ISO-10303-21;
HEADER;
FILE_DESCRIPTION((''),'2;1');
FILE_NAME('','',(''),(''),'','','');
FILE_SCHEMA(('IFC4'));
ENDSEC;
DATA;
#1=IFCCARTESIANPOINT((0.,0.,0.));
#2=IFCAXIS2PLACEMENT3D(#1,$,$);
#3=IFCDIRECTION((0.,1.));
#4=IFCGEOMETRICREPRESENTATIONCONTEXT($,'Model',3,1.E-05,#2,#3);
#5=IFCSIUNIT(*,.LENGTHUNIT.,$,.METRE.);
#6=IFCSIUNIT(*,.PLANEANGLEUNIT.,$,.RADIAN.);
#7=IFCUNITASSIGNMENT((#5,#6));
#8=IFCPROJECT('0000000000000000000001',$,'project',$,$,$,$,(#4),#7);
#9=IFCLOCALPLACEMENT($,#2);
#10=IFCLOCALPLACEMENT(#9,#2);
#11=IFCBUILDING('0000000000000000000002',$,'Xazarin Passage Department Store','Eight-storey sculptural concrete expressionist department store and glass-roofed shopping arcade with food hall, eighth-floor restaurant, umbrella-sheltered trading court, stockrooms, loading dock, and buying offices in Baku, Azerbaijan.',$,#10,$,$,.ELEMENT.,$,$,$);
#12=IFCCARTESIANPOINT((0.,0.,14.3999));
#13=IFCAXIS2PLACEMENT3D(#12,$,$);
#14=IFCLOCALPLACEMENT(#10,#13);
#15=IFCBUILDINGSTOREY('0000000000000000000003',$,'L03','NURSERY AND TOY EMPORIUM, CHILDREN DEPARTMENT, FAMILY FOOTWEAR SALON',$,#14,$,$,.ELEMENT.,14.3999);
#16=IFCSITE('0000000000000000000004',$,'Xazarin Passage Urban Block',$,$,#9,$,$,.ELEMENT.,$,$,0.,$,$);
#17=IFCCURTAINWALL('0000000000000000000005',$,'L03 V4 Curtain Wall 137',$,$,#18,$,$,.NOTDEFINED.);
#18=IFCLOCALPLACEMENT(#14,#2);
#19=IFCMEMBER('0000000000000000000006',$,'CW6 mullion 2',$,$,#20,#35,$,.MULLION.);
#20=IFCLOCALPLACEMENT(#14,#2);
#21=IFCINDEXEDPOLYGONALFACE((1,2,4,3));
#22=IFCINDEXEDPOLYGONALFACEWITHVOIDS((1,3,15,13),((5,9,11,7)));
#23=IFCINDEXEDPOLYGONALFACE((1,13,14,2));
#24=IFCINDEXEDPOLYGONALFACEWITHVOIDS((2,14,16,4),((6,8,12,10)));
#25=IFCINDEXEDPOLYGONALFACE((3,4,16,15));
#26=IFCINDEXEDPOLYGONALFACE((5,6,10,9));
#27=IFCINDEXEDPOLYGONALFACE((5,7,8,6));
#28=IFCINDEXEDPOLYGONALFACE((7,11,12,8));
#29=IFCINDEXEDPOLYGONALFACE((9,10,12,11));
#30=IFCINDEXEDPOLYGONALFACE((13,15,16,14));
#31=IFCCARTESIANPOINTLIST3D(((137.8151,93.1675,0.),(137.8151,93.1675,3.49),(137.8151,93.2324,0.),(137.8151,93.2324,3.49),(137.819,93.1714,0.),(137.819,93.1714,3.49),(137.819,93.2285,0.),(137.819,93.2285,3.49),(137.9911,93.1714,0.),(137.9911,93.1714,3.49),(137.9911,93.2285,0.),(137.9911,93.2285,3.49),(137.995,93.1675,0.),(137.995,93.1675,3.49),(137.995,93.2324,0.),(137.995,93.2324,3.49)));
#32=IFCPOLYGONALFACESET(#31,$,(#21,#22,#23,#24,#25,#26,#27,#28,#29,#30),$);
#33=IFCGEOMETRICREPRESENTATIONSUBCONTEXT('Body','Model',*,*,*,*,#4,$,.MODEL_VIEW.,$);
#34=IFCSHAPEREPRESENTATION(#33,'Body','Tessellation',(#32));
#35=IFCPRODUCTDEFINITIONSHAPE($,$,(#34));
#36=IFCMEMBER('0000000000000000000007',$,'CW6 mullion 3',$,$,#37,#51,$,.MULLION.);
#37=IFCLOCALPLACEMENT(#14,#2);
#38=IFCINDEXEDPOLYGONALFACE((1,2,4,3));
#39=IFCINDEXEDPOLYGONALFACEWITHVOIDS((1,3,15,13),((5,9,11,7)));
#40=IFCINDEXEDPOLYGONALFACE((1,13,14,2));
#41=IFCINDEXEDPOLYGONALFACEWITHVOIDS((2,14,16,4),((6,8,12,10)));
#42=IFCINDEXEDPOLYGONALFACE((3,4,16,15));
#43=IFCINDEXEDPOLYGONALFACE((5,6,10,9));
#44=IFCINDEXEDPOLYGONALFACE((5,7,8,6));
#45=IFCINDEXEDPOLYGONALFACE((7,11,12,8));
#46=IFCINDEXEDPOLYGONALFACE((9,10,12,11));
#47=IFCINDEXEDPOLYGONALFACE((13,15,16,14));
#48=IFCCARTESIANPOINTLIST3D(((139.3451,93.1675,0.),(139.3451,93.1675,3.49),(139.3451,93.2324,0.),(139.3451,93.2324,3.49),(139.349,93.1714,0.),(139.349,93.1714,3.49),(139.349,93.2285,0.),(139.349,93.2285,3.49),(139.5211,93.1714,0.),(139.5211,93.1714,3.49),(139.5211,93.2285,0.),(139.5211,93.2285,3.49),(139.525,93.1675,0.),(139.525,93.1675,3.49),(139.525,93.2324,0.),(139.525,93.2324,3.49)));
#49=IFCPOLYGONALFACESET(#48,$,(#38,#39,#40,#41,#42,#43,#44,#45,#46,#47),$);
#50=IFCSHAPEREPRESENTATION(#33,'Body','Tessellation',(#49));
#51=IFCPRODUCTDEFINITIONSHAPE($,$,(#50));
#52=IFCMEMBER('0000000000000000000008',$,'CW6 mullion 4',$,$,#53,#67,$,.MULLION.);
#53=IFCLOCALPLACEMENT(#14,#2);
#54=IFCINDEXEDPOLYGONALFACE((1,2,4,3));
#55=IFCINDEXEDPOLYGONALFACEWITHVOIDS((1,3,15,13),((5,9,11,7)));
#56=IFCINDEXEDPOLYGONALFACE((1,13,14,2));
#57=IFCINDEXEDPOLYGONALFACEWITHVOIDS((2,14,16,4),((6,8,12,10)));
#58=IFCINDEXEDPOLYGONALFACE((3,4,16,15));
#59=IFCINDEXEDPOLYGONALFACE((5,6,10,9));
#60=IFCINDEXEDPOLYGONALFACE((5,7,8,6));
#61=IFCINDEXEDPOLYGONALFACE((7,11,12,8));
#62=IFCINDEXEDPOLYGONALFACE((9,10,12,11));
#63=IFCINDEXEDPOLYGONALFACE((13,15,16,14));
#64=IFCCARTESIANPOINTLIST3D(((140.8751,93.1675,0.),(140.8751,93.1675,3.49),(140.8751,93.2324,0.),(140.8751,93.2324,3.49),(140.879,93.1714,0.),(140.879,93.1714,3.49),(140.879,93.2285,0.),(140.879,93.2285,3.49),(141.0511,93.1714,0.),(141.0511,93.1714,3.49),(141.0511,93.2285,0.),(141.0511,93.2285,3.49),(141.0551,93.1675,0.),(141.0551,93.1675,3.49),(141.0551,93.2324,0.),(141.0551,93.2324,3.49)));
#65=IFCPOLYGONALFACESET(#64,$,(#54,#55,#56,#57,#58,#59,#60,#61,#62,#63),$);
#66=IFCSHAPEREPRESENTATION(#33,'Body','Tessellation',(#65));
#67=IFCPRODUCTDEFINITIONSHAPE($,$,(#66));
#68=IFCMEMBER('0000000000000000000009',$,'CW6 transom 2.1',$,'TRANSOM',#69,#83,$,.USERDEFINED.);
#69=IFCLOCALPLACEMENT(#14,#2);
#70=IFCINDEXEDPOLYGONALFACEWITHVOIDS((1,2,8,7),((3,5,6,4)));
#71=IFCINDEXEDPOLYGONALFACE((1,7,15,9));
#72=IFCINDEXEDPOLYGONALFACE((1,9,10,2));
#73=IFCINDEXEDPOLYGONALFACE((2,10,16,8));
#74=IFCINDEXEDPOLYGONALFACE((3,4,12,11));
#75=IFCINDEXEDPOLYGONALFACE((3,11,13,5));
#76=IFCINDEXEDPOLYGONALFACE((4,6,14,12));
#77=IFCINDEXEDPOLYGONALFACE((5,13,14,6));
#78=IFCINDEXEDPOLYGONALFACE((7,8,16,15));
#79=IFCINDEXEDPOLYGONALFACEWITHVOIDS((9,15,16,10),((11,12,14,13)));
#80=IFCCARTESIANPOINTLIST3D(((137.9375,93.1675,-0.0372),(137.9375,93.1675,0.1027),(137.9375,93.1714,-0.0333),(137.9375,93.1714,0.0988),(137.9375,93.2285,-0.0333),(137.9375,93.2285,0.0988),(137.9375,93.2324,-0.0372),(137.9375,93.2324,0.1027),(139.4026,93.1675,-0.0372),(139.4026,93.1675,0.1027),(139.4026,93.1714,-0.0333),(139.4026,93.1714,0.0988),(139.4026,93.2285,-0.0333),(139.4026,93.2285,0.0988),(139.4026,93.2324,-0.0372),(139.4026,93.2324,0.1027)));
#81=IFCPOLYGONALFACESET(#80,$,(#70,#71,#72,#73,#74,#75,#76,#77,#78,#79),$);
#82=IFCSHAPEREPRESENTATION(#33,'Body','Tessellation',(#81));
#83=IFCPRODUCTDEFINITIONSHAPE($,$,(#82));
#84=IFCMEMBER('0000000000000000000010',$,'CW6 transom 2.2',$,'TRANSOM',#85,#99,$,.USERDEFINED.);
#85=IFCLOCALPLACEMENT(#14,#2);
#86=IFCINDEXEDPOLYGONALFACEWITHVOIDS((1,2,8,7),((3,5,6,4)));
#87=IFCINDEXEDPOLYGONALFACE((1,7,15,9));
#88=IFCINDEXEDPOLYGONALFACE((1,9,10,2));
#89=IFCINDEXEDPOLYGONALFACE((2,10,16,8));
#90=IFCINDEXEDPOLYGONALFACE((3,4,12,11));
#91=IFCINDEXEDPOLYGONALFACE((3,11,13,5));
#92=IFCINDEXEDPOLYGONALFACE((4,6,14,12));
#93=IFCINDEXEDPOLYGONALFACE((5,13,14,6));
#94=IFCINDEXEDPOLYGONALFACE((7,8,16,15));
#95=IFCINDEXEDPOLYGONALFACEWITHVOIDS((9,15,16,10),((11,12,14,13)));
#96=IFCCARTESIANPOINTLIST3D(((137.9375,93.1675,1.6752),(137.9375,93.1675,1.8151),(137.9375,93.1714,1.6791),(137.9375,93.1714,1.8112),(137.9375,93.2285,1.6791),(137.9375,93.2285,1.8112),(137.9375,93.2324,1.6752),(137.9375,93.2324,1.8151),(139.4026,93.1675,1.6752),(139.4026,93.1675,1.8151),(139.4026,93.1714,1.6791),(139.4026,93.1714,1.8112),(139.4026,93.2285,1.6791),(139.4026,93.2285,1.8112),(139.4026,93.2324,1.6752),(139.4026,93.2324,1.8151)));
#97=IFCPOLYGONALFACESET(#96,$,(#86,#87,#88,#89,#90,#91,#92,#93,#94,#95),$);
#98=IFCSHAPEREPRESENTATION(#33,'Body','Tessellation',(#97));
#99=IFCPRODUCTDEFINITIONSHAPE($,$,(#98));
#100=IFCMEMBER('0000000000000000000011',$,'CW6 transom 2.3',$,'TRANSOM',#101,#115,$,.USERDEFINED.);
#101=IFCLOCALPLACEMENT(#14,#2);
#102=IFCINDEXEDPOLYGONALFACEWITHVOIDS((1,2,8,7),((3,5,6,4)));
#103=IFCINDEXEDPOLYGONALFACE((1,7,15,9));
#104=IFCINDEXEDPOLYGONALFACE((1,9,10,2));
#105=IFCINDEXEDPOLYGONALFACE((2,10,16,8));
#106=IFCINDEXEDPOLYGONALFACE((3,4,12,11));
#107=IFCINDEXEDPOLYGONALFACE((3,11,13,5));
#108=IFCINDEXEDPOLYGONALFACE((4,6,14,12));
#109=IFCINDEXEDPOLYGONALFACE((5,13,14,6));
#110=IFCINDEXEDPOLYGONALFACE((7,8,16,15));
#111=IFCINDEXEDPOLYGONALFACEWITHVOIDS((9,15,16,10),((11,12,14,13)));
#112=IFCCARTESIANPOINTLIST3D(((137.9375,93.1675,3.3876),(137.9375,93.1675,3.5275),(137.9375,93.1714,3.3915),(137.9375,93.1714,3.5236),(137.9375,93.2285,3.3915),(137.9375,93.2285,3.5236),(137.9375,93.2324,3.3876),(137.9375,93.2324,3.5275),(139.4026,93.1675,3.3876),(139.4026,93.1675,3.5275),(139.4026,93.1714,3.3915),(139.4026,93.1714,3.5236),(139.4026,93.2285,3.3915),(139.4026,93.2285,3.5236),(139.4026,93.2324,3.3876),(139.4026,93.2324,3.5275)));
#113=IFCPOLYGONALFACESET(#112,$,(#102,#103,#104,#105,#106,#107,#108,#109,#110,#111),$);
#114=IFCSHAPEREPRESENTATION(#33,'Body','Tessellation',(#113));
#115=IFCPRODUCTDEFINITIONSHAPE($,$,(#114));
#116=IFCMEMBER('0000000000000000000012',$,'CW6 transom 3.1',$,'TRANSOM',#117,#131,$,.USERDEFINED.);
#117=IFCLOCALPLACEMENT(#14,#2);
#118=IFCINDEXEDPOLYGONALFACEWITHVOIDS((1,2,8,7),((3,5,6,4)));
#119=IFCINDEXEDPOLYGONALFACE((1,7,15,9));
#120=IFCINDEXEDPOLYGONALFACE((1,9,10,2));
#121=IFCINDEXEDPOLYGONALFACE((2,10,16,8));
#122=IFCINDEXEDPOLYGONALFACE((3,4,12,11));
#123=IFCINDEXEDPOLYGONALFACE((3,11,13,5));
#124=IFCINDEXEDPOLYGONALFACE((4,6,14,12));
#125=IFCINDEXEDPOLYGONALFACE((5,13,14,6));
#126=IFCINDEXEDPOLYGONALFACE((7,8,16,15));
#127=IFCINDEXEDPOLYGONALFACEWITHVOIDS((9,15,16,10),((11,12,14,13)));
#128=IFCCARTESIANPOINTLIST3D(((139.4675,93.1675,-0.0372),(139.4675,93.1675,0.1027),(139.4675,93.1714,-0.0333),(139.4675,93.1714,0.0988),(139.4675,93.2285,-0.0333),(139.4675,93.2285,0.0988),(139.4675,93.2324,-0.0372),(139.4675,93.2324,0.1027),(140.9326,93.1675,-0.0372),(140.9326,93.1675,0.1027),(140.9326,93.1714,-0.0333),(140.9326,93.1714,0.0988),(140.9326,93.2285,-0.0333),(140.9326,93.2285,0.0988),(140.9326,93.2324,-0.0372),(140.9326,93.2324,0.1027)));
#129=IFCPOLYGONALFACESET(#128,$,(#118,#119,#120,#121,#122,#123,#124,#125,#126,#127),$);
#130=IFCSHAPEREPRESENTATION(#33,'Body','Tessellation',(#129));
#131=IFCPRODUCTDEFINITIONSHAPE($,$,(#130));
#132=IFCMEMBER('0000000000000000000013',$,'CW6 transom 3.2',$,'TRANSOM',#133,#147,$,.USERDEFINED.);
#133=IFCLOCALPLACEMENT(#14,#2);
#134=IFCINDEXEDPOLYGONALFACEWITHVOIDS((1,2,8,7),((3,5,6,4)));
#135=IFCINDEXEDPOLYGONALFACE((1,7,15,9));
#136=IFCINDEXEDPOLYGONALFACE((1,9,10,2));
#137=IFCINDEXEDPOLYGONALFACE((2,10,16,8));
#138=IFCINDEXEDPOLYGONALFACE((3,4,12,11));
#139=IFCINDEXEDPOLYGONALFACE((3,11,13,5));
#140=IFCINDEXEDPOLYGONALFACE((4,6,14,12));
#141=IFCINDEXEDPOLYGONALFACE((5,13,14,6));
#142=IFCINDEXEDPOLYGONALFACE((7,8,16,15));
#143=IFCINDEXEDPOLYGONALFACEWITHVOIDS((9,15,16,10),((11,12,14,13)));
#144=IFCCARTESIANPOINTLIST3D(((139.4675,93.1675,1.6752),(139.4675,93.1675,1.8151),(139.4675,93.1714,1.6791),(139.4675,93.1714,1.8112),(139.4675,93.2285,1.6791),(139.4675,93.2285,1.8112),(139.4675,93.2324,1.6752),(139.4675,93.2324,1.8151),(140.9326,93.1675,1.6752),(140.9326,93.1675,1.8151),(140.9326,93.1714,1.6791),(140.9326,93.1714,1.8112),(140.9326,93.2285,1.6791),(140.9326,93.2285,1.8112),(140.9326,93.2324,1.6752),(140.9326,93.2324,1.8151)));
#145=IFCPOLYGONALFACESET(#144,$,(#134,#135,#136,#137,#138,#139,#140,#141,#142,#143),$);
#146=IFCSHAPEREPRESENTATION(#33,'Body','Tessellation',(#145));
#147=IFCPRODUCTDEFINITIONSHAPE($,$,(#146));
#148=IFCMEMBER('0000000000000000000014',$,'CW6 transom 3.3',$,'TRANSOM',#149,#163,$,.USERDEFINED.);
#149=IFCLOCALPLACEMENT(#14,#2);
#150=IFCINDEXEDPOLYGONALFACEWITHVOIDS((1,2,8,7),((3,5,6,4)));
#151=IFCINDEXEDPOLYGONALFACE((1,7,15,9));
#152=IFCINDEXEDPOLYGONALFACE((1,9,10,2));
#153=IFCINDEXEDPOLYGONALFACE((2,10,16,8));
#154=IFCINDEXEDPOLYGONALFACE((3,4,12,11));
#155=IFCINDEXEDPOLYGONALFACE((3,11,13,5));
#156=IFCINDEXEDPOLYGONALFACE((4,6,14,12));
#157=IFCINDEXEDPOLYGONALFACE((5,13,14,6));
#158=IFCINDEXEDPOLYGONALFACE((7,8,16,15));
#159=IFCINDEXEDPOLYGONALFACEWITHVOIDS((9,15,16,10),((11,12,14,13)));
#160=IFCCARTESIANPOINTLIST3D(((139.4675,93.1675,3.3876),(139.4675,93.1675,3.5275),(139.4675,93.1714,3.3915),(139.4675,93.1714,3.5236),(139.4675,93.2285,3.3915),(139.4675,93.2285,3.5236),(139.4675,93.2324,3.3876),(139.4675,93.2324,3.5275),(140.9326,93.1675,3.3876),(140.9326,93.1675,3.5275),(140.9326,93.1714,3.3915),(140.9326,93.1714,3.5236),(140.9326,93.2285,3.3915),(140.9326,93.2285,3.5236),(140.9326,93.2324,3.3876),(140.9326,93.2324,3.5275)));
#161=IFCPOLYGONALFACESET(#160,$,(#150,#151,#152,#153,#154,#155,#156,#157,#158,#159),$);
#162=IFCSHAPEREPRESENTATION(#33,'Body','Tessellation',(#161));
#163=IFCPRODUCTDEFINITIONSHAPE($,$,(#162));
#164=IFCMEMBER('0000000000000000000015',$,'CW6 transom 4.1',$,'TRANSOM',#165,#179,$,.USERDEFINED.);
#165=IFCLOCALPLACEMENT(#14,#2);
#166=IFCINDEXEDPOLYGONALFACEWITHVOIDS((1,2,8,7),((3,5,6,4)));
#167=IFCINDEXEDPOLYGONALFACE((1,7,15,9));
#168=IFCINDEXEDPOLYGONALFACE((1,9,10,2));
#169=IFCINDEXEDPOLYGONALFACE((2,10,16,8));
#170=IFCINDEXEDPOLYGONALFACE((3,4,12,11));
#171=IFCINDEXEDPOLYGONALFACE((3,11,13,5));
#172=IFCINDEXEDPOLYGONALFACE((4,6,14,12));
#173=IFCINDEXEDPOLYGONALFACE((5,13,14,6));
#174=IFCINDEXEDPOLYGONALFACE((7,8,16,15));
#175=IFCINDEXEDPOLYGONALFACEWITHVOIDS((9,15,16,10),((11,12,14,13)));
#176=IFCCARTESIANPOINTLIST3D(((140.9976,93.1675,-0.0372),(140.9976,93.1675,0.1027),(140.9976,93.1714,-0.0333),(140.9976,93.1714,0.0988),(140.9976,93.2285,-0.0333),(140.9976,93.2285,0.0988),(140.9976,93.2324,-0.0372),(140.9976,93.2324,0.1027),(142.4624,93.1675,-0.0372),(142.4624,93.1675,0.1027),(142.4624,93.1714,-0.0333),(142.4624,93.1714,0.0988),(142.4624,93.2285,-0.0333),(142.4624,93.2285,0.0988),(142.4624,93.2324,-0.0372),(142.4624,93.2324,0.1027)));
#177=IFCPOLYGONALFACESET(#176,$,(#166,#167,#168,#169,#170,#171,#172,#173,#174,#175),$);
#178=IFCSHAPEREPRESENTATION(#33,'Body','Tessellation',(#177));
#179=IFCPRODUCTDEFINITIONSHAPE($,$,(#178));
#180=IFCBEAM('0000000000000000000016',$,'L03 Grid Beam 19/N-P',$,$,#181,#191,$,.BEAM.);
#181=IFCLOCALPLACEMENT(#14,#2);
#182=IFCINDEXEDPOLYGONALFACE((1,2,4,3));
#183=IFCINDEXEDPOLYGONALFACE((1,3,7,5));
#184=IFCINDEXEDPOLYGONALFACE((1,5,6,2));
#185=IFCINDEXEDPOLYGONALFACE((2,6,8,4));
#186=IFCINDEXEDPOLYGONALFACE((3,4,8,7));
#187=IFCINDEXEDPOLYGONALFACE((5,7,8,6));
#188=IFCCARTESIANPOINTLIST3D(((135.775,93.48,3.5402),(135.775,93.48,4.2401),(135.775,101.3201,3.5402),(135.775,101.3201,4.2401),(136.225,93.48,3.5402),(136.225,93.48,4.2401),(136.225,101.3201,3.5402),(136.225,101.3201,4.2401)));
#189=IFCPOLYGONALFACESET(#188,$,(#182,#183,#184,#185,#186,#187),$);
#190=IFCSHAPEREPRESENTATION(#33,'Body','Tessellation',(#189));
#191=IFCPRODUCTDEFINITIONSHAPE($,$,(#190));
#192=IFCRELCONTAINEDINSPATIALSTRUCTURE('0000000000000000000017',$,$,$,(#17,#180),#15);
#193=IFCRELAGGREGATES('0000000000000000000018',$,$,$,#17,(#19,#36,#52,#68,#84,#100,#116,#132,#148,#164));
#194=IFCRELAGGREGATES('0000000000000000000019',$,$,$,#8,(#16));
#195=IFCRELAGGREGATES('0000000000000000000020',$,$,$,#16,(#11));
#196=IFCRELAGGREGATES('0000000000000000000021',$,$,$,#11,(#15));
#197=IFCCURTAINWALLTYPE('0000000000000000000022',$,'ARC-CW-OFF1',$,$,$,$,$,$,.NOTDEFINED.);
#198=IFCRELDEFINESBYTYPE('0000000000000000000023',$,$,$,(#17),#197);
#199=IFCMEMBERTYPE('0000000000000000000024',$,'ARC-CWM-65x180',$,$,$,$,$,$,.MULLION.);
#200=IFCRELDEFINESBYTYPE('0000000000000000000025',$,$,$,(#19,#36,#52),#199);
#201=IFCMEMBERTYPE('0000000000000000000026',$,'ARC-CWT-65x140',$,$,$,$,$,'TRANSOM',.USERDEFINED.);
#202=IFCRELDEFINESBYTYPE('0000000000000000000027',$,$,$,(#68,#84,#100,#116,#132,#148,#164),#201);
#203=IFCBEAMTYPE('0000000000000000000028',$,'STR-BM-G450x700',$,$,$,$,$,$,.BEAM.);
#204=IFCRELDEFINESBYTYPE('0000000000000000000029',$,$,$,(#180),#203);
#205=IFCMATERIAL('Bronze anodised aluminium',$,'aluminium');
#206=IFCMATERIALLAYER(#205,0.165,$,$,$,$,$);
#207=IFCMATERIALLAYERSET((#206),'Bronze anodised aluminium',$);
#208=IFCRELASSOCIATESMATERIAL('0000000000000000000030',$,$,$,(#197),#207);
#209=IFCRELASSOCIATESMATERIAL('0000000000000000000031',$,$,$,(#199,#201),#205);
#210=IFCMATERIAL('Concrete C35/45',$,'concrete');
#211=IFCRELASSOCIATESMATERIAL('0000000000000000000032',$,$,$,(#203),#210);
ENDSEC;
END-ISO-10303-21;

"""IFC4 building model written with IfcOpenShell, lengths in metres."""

from ifc_helpers import new_model, si_unit, direction, frame, origin, origin_2d, place, context, subcontext, project, spatial, rectangle, hollow_rectangle, extrude, material, layer, layer_set, material_profile, profile_set, type_object, element, aggregate, save


model = new_model("IFC4")

# Units and contexts
model_context = context("Model", 3, precision=1e-05, world=origin(), true_north=direction((0.0, 1.0)))
body_context = subcontext(model_context, "Body", "Model", "MODEL_VIEW")
ifc_project = project(units=[si_unit("LENGTHUNIT", "METRE"), si_unit("PLANEANGLEUNIT", "RADIAN")], contexts=[model_context])

# Site, building, storey
site_placement = place(None, origin())
site = spatial("IfcSite", under=ifc_project, at=site_placement, Name="Xazarin Passage Urban Block", CompositionType="ELEMENT", RefElevation=0.0)
building_placement = place(site_placement, origin())
building = spatial("IfcBuilding", under=site, at=building_placement, Name="Xazarin Passage Department Store", Description="Eight-storey sculptural concrete expressionist department store and glass-roofed shopping arcade with food hall, eighth-floor restaurant, umbrella-sheltered trading court, stockrooms, loading dock, and buying offices in Baku, Azerbaijan.", CompositionType="ELEMENT")
storey_placement = place(building_placement, frame((0.0, 0.0, 14.3999)))
storey = spatial("IfcBuildingStorey", under=building, at=storey_placement, Name="L03", Description="NURSERY AND TOY EMPORIUM, CHILDREN DEPARTMENT, FAMILY FOOTWEAR SALON", CompositionType="ELEMENT", Elevation=14.3999)

# Curtain wall, members
ifc_material_1 = material(Name="Bronze anodised aluminium", Category="aluminium")
ifc_layer_1 = layer(ifc_material_1, 0.165)
ifc_layer_set_1 = layer_set([ifc_layer_1], Name="Bronze anodised aluminium")
curtain_wall_type = type_object("IfcCurtainWallType", Name="ARC-CW-OFF1", PredefinedType="NOTDEFINED", material=ifc_layer_set_1)
curtain_wall_placement = place(storey_placement, origin())
curtain_wall = element("IfcCurtainWall", 1, at=curtain_wall_placement, inside=storey, type_object=curtain_wall_type, Name="L03 V4 Curtain Wall 137", PredefinedType="NOTDEFINED")
ifc_material_profile_1 = material_profile(ifc_material_1, hollow_rectangle(XDim=0.0649, YDim=0.1799, WallThickness=0.0039, at=origin_2d()), Name="ALU 65x180")
ifc_profile_set_1 = profile_set([ifc_material_profile_1], Name="Bronze anodised aluminium")
member_type_1 = type_object("IfcMemberType", Name="ARC-CWM-65x180", PredefinedType="MULLION", material=ifc_profile_set_1)
member_1_placement = place(storey_placement, frame((137.905, 93.2, 0.0), z_axis=(0.0, 0.0, 1.0), x_axis=(0.0, 1.0, 0.0)))
member_1 = element("IfcMember", 2, at=member_1_placement, type_object=member_type_1, Name="CW6 mullion 2", PredefinedType="MULLION", context=body_context, shape_type="SweptSolid", body=[
    extrude(hollow_rectangle(XDim=0.0649, YDim=0.1799, WallThickness=0.0039, at=origin_2d()), origin(), (0.0, 0.0, 1.0), 3.49),
])
member_2_placement = place(storey_placement, frame((139.4351, 93.2, 0.0), z_axis=(0.0, 0.0, 1.0), x_axis=(0.0, 1.0, 0.0)))
member_2 = element("IfcMember", 3, at=member_2_placement, type_object=member_type_1, Name="CW6 mullion 3", PredefinedType="MULLION", context=body_context, shape_type="SweptSolid", body=[
    extrude(hollow_rectangle(XDim=0.0649, YDim=0.1799, WallThickness=0.0039, at=origin_2d()), origin(), (0.0, 0.0, 1.0), 3.49),
])
member_3_placement = place(storey_placement, frame((140.9651, 93.2, 0.0), z_axis=(0.0, 0.0, 1.0), x_axis=(0.0, 1.0, 0.0)))
member_3 = element("IfcMember", 4, at=member_3_placement, type_object=member_type_1, Name="CW6 mullion 4", PredefinedType="MULLION", context=body_context, shape_type="SweptSolid", body=[
    extrude(hollow_rectangle(XDim=0.0649, YDim=0.1799, WallThickness=0.0039, at=origin_2d()), origin(), (0.0, 0.0, 1.0), 3.49),
])
ifc_material_profile_2 = material_profile(ifc_material_1, hollow_rectangle(XDim=0.0649, YDim=0.1399, WallThickness=0.0039, at=origin_2d()), Name="ALU 65x140")
ifc_profile_set_2 = profile_set([ifc_material_profile_2], Name="Bronze anodised aluminium")
member_type_2 = type_object("IfcMemberType", Name="ARC-CWT-65x140", ElementType="TRANSOM", PredefinedType="USERDEFINED", material=ifc_profile_set_2)
member_4_placement = place(storey_placement, frame((137.9375, 93.2, 0.0327), z_axis=(1.0, 0.0, 0.0), x_axis=(0.0, 1.0, 0.0)))
member_4 = element("IfcMember", 5, at=member_4_placement, type_object=member_type_2, Name="CW6 transom 2.1", ObjectType="TRANSOM", PredefinedType="USERDEFINED", context=body_context, shape_type="SweptSolid", body=[
    extrude(hollow_rectangle(XDim=0.0649, YDim=0.1399, WallThickness=0.0039, at=origin_2d()), origin(), (0.0, 0.0, 1.0), 1.4651),
])
member_5_placement = place(storey_placement, frame((137.9375, 93.2, 1.7451), z_axis=(1.0, 0.0, 0.0), x_axis=(0.0, 1.0, 0.0)))
member_5 = element("IfcMember", 6, at=member_5_placement, type_object=member_type_2, Name="CW6 transom 2.2", ObjectType="TRANSOM", PredefinedType="USERDEFINED", context=body_context, shape_type="SweptSolid", body=[
    extrude(hollow_rectangle(XDim=0.0649, YDim=0.1399, WallThickness=0.0039, at=origin_2d()), origin(), (0.0, 0.0, 1.0), 1.4651),
])
member_6_placement = place(storey_placement, frame((137.9375, 93.2, 3.4575), z_axis=(1.0, 0.0, 0.0), x_axis=(0.0, 1.0, 0.0)))
member_6 = element("IfcMember", 7, at=member_6_placement, type_object=member_type_2, Name="CW6 transom 2.3", ObjectType="TRANSOM", PredefinedType="USERDEFINED", context=body_context, shape_type="SweptSolid", body=[
    extrude(hollow_rectangle(XDim=0.0649, YDim=0.1399, WallThickness=0.0039, at=origin_2d()), origin(), (0.0, 0.0, 1.0), 1.4651),
])
member_7_placement = place(storey_placement, frame((139.4675, 93.2, 0.0327), z_axis=(1.0, 0.0, 0.0), x_axis=(0.0, 1.0, 0.0)))
member_7 = element("IfcMember", 8, at=member_7_placement, type_object=member_type_2, Name="CW6 transom 3.1", ObjectType="TRANSOM", PredefinedType="USERDEFINED", context=body_context, shape_type="SweptSolid", body=[
    extrude(hollow_rectangle(XDim=0.0649, YDim=0.1399, WallThickness=0.0039, at=origin_2d()), origin(), (0.0, 0.0, 1.0), 1.4651),
])
member_8_placement = place(storey_placement, frame((139.4675, 93.2, 1.7451), z_axis=(1.0, 0.0, 0.0), x_axis=(0.0, 1.0, 0.0)))
member_8 = element("IfcMember", 9, at=member_8_placement, type_object=member_type_2, Name="CW6 transom 3.2", ObjectType="TRANSOM", PredefinedType="USERDEFINED", context=body_context, shape_type="SweptSolid", body=[
    extrude(hollow_rectangle(XDim=0.0649, YDim=0.1399, WallThickness=0.0039, at=origin_2d()), origin(), (0.0, 0.0, 1.0), 1.4651),
])
member_9_placement = place(storey_placement, frame((139.4675, 93.2, 3.4575), z_axis=(1.0, 0.0, 0.0), x_axis=(0.0, 1.0, 0.0)))
member_9 = element("IfcMember", 10, at=member_9_placement, type_object=member_type_2, Name="CW6 transom 3.3", ObjectType="TRANSOM", PredefinedType="USERDEFINED", context=body_context, shape_type="SweptSolid", body=[
    extrude(hollow_rectangle(XDim=0.0649, YDim=0.1399, WallThickness=0.0039, at=origin_2d()), origin(), (0.0, 0.0, 1.0), 1.4651),
])
member_10_placement = place(storey_placement, frame((140.9976, 93.2, 0.0327), z_axis=(1.0, 0.0, 0.0), x_axis=(0.0, 1.0, 0.0)))
member_10 = element("IfcMember", 11, at=member_10_placement, type_object=member_type_2, Name="CW6 transom 4.1", ObjectType="TRANSOM", PredefinedType="USERDEFINED", context=body_context, shape_type="SweptSolid", body=[
    extrude(hollow_rectangle(XDim=0.0649, YDim=0.1399, WallThickness=0.0039, at=origin_2d()), origin(), (0.0, 0.0, 1.0), 1.4648),
])

# Beam
ifc_material_2 = material(Name="Concrete C35/45", Category="concrete")
ifc_material_profile_3 = material_profile(ifc_material_2, rectangle(XDim=0.45, YDim=0.7, at=origin_2d()), Name="RC 450x700")
ifc_profile_set_3 = profile_set([ifc_material_profile_3], Name="Concrete C35/45")
beam_type = type_object("IfcBeamType", Name="STR-BM-G450x700", PredefinedType="BEAM", material=ifc_profile_set_3)
beam_placement = place(storey_placement, frame((136.0, 93.48, 3.8901), z_axis=(0.0, 1.0, 0.0), x_axis=(-1.0, 0.0, 0.0)))
element("IfcBeam", 12, at=beam_placement, inside=storey, type_object=beam_type, Name="L03 Grid Beam 19/N-P", PredefinedType="BEAM", context=body_context, shape_type="SweptSolid", body=[
    extrude(rectangle(XDim=0.45, YDim=0.7, at=origin_2d()), origin(), (0.0, 0.0, 1.0), 7.8401),
])

aggregate(curtain_wall, [member_1, member_2, member_3, member_4, member_5, member_6, member_7, member_8, member_9, member_10])

save(model, "model.ifc")
